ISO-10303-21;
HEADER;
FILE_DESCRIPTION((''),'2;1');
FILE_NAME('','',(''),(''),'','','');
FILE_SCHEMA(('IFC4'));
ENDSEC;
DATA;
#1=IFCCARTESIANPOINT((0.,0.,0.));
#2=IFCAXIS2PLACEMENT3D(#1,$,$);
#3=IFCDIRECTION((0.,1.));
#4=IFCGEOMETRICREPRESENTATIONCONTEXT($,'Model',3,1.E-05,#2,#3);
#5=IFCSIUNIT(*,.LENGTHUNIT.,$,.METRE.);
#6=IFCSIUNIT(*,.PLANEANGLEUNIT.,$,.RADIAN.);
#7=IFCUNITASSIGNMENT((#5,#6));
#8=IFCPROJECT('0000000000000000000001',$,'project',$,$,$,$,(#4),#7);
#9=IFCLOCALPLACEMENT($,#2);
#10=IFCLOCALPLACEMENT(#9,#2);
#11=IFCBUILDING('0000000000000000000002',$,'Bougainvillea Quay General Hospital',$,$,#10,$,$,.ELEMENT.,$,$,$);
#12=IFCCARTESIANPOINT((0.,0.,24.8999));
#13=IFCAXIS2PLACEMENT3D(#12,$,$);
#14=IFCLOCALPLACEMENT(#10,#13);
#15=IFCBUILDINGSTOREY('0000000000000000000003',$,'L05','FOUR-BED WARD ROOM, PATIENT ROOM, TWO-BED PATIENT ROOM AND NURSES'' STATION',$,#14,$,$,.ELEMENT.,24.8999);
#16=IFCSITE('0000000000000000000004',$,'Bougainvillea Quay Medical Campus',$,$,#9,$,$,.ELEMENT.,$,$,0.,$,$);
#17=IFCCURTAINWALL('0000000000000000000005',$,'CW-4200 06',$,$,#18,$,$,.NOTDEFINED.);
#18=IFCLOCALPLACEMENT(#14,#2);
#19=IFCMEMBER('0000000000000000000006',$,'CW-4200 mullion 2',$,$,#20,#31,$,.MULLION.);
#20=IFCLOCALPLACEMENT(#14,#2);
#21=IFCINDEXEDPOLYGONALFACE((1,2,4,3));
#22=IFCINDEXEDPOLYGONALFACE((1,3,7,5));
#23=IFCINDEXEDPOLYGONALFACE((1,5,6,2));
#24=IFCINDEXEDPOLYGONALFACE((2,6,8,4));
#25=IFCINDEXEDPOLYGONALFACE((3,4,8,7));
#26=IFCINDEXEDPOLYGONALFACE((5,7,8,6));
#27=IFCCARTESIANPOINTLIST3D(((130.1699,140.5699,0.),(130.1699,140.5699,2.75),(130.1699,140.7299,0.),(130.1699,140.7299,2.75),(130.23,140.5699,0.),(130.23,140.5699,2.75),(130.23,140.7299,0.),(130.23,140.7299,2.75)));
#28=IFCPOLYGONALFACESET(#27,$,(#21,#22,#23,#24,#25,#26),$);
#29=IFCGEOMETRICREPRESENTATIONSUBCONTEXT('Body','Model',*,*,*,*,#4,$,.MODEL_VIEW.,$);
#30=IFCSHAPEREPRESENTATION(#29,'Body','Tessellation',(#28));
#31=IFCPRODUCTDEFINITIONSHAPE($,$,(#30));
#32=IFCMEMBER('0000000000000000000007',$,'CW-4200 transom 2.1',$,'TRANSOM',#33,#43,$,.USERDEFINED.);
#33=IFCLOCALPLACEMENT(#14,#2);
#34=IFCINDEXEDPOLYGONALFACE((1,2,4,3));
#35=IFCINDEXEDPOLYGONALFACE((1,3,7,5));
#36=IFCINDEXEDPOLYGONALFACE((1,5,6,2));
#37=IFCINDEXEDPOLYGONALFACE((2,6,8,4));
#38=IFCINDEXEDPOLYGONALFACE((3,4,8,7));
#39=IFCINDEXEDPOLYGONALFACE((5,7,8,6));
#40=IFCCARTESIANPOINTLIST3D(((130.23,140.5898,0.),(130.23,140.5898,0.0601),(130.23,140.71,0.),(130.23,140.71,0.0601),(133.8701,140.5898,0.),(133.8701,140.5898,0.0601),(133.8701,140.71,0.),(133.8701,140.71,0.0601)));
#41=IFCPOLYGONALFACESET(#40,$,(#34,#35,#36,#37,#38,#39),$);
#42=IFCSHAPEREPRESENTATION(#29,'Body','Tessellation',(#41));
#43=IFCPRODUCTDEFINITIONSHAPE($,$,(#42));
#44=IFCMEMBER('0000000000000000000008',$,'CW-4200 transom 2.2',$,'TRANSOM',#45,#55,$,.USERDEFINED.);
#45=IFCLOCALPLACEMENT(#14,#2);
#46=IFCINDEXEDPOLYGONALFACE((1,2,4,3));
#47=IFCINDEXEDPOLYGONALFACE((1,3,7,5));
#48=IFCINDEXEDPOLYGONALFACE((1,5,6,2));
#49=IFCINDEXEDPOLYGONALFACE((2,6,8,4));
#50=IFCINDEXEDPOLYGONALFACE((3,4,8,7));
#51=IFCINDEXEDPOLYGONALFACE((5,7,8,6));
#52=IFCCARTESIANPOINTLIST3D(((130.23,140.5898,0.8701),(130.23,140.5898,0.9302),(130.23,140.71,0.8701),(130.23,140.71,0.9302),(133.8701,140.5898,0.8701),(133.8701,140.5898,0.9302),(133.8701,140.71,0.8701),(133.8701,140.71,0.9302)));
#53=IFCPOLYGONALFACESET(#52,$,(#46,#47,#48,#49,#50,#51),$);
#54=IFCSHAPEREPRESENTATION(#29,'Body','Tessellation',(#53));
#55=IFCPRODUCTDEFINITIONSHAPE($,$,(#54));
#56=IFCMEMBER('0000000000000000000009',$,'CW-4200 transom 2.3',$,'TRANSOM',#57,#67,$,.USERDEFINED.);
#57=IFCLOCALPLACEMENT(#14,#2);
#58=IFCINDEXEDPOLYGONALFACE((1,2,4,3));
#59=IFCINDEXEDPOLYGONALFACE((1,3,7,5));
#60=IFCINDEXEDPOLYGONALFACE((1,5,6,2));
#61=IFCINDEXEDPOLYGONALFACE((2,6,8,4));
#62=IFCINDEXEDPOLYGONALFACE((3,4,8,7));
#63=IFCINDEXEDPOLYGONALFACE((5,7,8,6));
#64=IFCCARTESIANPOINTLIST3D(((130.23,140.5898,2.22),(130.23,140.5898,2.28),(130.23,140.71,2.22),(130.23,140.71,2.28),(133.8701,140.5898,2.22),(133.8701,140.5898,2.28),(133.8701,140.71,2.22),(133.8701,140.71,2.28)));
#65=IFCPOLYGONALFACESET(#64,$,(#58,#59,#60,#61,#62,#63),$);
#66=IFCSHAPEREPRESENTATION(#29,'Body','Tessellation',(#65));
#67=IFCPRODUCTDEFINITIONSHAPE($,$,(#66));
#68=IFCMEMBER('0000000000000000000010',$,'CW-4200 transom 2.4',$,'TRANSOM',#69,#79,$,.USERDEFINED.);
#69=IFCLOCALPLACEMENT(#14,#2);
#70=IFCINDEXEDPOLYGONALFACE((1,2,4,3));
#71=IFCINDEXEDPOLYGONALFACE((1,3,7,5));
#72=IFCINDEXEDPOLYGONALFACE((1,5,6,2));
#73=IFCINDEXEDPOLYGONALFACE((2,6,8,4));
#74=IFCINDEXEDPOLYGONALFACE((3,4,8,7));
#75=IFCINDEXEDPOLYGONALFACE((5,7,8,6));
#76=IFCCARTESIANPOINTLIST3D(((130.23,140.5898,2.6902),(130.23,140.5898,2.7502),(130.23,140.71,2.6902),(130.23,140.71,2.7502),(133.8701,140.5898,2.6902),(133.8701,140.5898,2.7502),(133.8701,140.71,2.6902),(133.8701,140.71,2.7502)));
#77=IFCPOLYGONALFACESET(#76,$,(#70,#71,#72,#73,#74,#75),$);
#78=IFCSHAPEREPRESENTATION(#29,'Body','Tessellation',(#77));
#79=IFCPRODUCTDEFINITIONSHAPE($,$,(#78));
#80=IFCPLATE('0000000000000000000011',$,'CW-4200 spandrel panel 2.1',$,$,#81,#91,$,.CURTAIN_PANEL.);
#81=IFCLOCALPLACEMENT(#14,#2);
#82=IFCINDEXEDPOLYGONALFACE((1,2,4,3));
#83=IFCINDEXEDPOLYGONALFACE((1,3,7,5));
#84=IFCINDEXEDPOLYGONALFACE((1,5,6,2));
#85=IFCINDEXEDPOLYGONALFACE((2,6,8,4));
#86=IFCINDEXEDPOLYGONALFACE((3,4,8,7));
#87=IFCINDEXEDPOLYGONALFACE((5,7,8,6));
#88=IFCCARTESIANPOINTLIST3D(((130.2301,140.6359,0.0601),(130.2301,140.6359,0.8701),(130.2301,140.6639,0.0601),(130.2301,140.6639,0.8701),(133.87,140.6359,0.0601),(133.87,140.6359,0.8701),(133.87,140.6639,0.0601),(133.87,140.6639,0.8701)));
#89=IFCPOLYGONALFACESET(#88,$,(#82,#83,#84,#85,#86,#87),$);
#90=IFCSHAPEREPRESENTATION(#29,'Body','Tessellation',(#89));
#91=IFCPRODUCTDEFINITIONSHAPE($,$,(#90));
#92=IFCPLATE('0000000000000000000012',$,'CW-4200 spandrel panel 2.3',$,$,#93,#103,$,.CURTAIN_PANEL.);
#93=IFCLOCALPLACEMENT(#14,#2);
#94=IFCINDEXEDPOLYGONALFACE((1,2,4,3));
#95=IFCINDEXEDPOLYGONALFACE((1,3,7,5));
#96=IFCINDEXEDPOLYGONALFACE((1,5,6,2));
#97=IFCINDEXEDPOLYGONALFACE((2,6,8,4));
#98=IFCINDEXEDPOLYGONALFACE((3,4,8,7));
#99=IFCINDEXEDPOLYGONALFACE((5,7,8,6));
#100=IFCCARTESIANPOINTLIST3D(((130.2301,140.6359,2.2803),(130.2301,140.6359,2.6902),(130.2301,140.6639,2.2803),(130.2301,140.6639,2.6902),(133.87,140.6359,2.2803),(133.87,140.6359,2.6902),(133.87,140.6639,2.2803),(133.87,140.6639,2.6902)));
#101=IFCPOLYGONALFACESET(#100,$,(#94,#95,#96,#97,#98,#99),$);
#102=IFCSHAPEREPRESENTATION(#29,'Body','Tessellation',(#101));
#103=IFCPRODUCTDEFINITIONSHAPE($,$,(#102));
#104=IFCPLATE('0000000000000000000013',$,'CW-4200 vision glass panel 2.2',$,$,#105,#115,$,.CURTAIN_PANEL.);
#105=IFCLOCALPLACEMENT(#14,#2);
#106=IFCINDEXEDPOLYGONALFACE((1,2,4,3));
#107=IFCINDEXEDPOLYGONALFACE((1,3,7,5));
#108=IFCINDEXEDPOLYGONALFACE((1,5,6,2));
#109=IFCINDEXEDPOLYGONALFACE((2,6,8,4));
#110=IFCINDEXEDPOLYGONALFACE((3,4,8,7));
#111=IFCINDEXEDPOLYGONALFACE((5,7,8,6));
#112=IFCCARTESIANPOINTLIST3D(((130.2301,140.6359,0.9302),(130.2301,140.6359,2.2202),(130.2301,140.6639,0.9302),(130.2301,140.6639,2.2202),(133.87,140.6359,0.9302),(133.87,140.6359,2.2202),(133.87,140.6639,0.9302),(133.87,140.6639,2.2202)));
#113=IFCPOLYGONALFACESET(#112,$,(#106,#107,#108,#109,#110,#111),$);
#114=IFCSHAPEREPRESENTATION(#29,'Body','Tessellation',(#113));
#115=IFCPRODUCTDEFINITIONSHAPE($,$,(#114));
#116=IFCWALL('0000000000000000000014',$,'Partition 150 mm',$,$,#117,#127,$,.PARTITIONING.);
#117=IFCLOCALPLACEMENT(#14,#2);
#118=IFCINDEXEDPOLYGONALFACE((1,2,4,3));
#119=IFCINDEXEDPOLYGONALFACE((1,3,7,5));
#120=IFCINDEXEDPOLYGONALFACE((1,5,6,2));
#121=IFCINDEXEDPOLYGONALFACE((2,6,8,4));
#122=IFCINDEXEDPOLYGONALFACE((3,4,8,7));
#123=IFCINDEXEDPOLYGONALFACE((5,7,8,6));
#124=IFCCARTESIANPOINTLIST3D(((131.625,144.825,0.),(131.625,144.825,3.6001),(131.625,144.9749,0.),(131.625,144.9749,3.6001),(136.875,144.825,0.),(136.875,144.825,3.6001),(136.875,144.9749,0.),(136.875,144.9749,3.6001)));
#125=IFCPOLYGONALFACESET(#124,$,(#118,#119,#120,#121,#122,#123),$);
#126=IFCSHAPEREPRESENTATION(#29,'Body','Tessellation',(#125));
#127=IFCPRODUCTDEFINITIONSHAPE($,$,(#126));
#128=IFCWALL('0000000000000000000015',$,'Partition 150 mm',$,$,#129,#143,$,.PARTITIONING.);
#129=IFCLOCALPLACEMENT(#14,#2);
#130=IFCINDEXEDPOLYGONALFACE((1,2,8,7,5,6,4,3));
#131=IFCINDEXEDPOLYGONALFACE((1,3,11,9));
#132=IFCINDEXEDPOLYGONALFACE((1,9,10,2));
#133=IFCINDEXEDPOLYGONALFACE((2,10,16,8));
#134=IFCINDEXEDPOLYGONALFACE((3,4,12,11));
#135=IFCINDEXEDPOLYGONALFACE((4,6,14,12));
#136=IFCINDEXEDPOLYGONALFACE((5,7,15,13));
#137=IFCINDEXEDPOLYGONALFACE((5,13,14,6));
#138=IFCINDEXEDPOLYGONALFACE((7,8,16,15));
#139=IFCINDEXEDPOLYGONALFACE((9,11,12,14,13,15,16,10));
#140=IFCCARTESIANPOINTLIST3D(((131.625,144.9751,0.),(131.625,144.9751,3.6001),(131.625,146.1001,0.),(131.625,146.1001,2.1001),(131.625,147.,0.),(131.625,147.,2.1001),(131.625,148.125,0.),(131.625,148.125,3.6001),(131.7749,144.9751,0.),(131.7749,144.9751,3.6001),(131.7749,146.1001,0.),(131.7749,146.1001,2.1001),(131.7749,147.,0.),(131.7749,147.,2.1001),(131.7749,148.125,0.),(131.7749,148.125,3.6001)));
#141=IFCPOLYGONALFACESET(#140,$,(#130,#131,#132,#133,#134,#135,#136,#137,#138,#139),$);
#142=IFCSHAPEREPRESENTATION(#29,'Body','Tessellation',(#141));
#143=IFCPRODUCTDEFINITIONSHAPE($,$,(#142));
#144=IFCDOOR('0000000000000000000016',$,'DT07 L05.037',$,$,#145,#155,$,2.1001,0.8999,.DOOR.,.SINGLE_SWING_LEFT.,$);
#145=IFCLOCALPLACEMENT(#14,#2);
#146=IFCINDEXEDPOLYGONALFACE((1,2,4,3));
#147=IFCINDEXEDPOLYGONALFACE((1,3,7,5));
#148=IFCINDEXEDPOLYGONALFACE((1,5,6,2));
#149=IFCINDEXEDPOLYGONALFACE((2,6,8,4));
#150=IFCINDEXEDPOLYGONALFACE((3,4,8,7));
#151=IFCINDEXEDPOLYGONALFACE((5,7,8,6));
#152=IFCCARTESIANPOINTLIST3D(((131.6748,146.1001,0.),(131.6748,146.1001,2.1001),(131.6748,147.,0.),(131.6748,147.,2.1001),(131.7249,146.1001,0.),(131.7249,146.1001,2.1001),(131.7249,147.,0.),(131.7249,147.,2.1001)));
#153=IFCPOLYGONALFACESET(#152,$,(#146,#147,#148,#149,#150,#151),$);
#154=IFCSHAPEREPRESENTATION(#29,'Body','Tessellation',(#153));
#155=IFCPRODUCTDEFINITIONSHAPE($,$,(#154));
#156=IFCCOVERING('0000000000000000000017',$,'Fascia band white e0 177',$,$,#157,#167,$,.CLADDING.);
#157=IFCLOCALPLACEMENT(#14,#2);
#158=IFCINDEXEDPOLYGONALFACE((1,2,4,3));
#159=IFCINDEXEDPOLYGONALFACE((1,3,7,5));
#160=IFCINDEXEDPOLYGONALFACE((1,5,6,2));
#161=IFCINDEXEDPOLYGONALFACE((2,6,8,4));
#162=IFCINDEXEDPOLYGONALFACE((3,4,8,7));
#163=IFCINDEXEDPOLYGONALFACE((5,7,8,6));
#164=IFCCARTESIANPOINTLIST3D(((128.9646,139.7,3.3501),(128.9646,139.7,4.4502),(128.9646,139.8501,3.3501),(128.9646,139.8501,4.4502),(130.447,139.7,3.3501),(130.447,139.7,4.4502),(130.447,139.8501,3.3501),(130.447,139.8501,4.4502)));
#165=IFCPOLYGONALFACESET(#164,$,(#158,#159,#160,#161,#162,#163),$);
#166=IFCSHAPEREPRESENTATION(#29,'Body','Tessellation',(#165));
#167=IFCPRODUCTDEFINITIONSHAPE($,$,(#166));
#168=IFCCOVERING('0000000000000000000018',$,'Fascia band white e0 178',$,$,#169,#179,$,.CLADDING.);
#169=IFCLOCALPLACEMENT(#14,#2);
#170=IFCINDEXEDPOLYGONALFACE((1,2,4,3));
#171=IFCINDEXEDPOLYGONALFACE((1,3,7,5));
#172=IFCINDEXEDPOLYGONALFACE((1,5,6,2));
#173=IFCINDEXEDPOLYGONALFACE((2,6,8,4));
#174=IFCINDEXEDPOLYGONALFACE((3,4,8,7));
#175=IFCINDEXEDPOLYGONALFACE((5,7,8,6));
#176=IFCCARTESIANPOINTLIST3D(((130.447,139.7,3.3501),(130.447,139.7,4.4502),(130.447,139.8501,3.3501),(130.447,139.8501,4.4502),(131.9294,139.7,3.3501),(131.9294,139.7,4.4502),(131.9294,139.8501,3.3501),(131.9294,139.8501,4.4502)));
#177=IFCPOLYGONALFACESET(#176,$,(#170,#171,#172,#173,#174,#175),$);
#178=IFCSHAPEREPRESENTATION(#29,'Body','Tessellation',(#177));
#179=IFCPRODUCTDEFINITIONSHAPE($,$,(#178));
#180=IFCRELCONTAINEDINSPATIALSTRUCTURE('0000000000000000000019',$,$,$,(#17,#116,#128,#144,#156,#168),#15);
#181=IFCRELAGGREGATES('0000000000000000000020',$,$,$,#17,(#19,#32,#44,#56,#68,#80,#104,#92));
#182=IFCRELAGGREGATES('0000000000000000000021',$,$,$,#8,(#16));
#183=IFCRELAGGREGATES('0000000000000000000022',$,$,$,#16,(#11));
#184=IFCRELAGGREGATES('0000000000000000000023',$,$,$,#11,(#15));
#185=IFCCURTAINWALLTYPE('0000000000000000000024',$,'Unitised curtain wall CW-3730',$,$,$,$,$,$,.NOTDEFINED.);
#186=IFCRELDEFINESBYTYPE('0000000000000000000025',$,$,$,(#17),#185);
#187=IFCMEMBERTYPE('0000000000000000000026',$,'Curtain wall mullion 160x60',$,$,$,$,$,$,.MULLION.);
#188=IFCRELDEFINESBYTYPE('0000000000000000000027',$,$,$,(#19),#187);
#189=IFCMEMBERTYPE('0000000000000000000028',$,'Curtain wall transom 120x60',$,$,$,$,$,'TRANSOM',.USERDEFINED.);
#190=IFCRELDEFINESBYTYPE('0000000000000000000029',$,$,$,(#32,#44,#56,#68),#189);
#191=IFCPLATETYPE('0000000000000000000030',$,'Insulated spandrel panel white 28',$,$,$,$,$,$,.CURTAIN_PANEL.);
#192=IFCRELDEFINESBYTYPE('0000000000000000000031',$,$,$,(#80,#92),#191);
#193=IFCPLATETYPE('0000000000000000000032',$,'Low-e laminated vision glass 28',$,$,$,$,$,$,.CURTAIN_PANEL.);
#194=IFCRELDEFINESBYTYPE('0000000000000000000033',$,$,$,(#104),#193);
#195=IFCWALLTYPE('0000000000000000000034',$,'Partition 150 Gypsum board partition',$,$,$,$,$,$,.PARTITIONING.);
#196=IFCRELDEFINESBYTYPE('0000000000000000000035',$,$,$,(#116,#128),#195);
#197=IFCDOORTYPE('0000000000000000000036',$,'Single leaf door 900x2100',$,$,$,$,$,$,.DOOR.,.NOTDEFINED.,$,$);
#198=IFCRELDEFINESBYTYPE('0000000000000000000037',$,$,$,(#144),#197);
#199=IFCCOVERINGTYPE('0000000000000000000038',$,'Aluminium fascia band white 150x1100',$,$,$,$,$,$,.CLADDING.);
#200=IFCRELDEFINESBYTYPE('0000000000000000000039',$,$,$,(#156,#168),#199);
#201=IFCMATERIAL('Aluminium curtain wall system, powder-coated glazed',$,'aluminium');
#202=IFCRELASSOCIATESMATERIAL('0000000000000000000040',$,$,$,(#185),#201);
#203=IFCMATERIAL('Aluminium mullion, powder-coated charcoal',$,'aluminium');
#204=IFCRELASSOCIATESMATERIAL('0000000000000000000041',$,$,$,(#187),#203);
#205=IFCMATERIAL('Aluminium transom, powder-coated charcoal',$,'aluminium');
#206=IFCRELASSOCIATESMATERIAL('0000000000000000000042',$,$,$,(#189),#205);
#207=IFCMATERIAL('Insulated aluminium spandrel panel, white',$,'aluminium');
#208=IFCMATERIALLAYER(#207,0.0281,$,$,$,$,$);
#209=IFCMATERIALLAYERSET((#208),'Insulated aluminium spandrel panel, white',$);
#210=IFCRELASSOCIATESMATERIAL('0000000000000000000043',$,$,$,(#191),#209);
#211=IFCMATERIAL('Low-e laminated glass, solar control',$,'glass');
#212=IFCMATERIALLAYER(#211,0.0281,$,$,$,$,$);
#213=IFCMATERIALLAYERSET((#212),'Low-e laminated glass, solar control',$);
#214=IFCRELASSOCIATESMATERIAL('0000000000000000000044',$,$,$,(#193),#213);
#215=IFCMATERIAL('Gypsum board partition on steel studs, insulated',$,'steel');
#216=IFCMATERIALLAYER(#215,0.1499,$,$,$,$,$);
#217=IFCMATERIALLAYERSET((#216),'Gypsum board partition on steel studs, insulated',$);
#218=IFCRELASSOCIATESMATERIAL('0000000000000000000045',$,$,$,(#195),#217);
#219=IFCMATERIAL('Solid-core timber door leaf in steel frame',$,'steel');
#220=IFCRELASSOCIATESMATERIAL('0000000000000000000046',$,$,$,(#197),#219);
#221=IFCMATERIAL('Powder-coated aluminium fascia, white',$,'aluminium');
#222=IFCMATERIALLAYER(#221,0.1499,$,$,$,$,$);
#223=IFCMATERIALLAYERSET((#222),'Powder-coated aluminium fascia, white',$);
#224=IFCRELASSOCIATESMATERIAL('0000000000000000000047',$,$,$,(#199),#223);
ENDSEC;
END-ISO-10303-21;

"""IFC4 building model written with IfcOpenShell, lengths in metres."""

from ifc_helpers import new_model, si_unit, direction, frame, frame_2d, origin, origin_2d, place, context, subcontext, project, spatial, polyline, rectangle, outline, extrude, material, layer, layer_set, material_profile, profile_set, type_object, element, fill, aggregate, save


model = new_model("IFC4")

# Units and contexts
model_context = context("Model", 3, precision=1e-05, world=origin(), true_north=direction((0.0, 1.0)))
body_context = subcontext(model_context, "Body", "Model", "MODEL_VIEW")
ifc_project = project(units=[si_unit("LENGTHUNIT", "METRE"), si_unit("PLANEANGLEUNIT", "RADIAN")], contexts=[model_context])

# Site, building, storey
site_placement = place(None, origin())
site = spatial("IfcSite", under=ifc_project, at=site_placement, Name="Bougainvillea Quay Medical Campus", CompositionType="ELEMENT", RefElevation=0.0)
building_placement = place(site_placement, origin())
building = spatial("IfcBuilding", under=site, at=building_placement, Name="Bougainvillea Quay General Hospital", CompositionType="ELEMENT")
storey_placement = place(building_placement, frame((0.0, 0.0, 24.8999)))
storey = spatial("IfcBuildingStorey", under=building, at=storey_placement, Name="L05", Description="FOUR-BED WARD ROOM, PATIENT ROOM, TWO-BED PATIENT ROOM AND NURSES' STATION", CompositionType="ELEMENT", Elevation=24.8999)

# Curtain wall, members, plates
ifc_material_1 = material(Name="Aluminium curtain wall system, powder-coated glazed", Category="aluminium")
curtain_wall_type = type_object("IfcCurtainWallType", Name="Unitised curtain wall CW-3730", PredefinedType="NOTDEFINED", material=ifc_material_1)
curtain_wall_placement = place(storey_placement, origin())
curtain_wall = element("IfcCurtainWall", 1, at=curtain_wall_placement, inside=storey, type_object=curtain_wall_type, Name="CW-4200 06", PredefinedType="NOTDEFINED")
ifc_material_2 = material(Name="Aluminium mullion, powder-coated charcoal", Category="aluminium")
ifc_material_profile_1 = material_profile(ifc_material_2, rectangle(XDim=0.1599, YDim=0.0601, at=origin_2d()))
ifc_profile_set_1 = profile_set([ifc_material_profile_1], Name="Aluminium mullion, powder-coated charcoal")
member_type_1 = type_object("IfcMemberType", Name="Curtain wall mullion 160x60", PredefinedType="MULLION", material=ifc_profile_set_1)
member_1_placement = place(storey_placement, frame((130.2, 140.6499, 0.0), z_axis=(0.0, 0.0, 1.0), x_axis=(0.0, 1.0, 0.0)))
member_1 = element("IfcMember", 2, at=member_1_placement, type_object=member_type_1, Name="CW-4200 mullion 2", PredefinedType="MULLION", context=body_context, shape_type="SweptSolid", body=[
    extrude(rectangle(XDim=0.1599, YDim=0.0601, at=origin_2d()), origin(), (0.0, 0.0, 1.0), 2.75),
])
ifc_material_3 = material(Name="Aluminium transom, powder-coated charcoal", Category="aluminium")
ifc_material_profile_2 = material_profile(ifc_material_3, rectangle(XDim=0.1201, YDim=0.0601, at=origin_2d()))
ifc_profile_set_2 = profile_set([ifc_material_profile_2], Name="Aluminium transom, powder-coated charcoal")
member_type_2 = type_object("IfcMemberType", Name="Curtain wall transom 120x60", ElementType="TRANSOM", PredefinedType="USERDEFINED", material=ifc_profile_set_2)
member_2_placement = place(storey_placement, frame((130.23, 140.6499, 0.03), z_axis=(1.0, 0.0, 0.0), x_axis=(0.0, 1.0, 0.0)))
member_2 = element("IfcMember", 3, at=member_2_placement, type_object=member_type_2, Name="CW-4200 transom 2.1", ObjectType="TRANSOM", PredefinedType="USERDEFINED", context=body_context, shape_type="SweptSolid", body=[
    extrude(rectangle(XDim=0.1201, YDim=0.0601, at=origin_2d()), origin(), (0.0, 0.0, 1.0), 3.6401),
])
member_3_placement = place(storey_placement, frame((130.23, 140.6499, 0.9001), z_axis=(1.0, 0.0, 0.0), x_axis=(0.0, 1.0, 0.0)))
member_3 = element("IfcMember", 4, at=member_3_placement, type_object=member_type_2, Name="CW-4200 transom 2.2", ObjectType="TRANSOM", PredefinedType="USERDEFINED", context=body_context, shape_type="SweptSolid", body=[
    extrude(rectangle(XDim=0.1201, YDim=0.0601, at=origin_2d()), origin(), (0.0, 0.0, 1.0), 3.6401),
])
member_4_placement = place(storey_placement, frame((130.23, 140.6499, 2.25), z_axis=(1.0, 0.0, 0.0), x_axis=(0.0, 1.0, 0.0)))
member_4 = element("IfcMember", 5, at=member_4_placement, type_object=member_type_2, Name="CW-4200 transom 2.3", ObjectType="TRANSOM", PredefinedType="USERDEFINED", context=body_context, shape_type="SweptSolid", body=[
    extrude(rectangle(XDim=0.1201, YDim=0.0601, at=origin_2d()), origin(), (0.0, 0.0, 1.0), 3.6401),
])
member_5_placement = place(storey_placement, frame((130.23, 140.6499, 2.7202), z_axis=(1.0, 0.0, 0.0), x_axis=(0.0, 1.0, 0.0)))
member_5 = element("IfcMember", 6, at=member_5_placement, type_object=member_type_2, Name="CW-4200 transom 2.4", ObjectType="TRANSOM", PredefinedType="USERDEFINED", context=body_context, shape_type="SweptSolid", body=[
    extrude(rectangle(XDim=0.1201, YDim=0.0601, at=origin_2d()), origin(), (0.0, 0.0, 1.0), 3.6401),
])
ifc_material_4 = material(Name="Insulated aluminium spandrel panel, white", Category="aluminium")
ifc_layer_1 = layer(ifc_material_4, 0.0281)
ifc_layer_set_1 = layer_set([ifc_layer_1], Name="Insulated aluminium spandrel panel, white")
plate_type_1 = type_object("IfcPlateType", Name="Insulated spandrel panel white 28", PredefinedType="CURTAIN_PANEL", material=ifc_layer_set_1)
plate_1_placement = place(storey_placement, frame((132.05, 140.6499, 0.0601), z_axis=(0.0, 0.0, 1.0), x_axis=(1.0, 0.0, 0.0)))
plate_1 = element("IfcPlate", 7, at=plate_1_placement, type_object=plate_type_1, Name="CW-4200 spandrel panel 2.1", PredefinedType="CURTAIN_PANEL", context=body_context, shape_type="SweptSolid", body=[
    extrude(rectangle(XDim=3.6399, YDim=0.0281, at=origin_2d()), origin(), (0.0, 0.0, 1.0), 0.8101),
])
plate_2_placement = place(storey_placement, frame((132.05, 140.6499, 2.2803), z_axis=(0.0, 0.0, 1.0), x_axis=(1.0, 0.0, 0.0)))
plate_2 = element("IfcPlate", 8, at=plate_2_placement, type_object=plate_type_1, Name="CW-4200 spandrel panel 2.3", PredefinedType="CURTAIN_PANEL", context=body_context, shape_type="SweptSolid", body=[
    extrude(rectangle(XDim=3.6399, YDim=0.0281, at=origin_2d()), origin(), (0.0, 0.0, 1.0), 0.4099),
])
ifc_material_5 = material(Name="Low-e laminated glass, solar control", Category="glass")
ifc_layer_2 = layer(ifc_material_5, 0.0281)
ifc_layer_set_2 = layer_set([ifc_layer_2], Name="Low-e laminated glass, solar control")
plate_type_2 = type_object("IfcPlateType", Name="Low-e laminated vision glass 28", PredefinedType="CURTAIN_PANEL", material=ifc_layer_set_2)
plate_3_placement = place(storey_placement, frame((132.05, 140.6499, 0.9302), z_axis=(0.0, 0.0, 1.0), x_axis=(1.0, 0.0, 0.0)))
plate_3 = element("IfcPlate", 9, at=plate_3_placement, type_object=plate_type_2, Name="CW-4200 vision glass panel 2.2", PredefinedType="CURTAIN_PANEL", context=body_context, shape_type="SweptSolid", body=[
    extrude(rectangle(XDim=3.6399, YDim=0.0281, at=origin_2d()), origin(), (0.0, 0.0, 1.0), 1.29),
])
aggregate(curtain_wall, [member_1, member_2, member_3, member_4, member_5, plate_1, plate_3, plate_2])

# Wall
ifc_material_6 = material(Name="Gypsum board partition on steel studs, insulated", Category="steel")
ifc_layer_3 = layer(ifc_material_6, 0.1499)
ifc_layer_set_3 = layer_set([ifc_layer_3], Name="Gypsum board partition on steel studs, insulated")
wall_type = type_object("IfcWallType", Name="Partition 150 Gypsum board partition", PredefinedType="PARTITIONING", material=ifc_layer_set_3)
wall_1_placement = place(storey_placement, frame((131.625, 144.8999, 0.0), z_axis=(0.0, 0.0, 1.0), x_axis=(1.0, 0.0, 0.0)))
element("IfcWall", 10, at=wall_1_placement, inside=storey, type_object=wall_type, Name="Partition 150 mm", PredefinedType="PARTITIONING", context=body_context, shape_type="SweptSolid", body=[
    extrude(rectangle(XDim=5.25, YDim=0.1499, at=frame_2d((2.625, 0.0))), origin(), (0.0, 0.0, 1.0), 3.6001),
])

# Wall, opening, door
wall_2_placement = place(storey_placement, frame((131.7, 144.9751, 0.0), z_axis=(0.0, 0.0, 1.0), x_axis=(0.0, 1.0, 0.0)))
wall_2 = element("IfcWall", 11, at=wall_2_placement, inside=storey, type_object=wall_type, Name="Partition 150 mm", PredefinedType="PARTITIONING", context=body_context, shape_type="SweptSolid", body=[
    extrude(rectangle(XDim=3.1499, YDim=0.1499, at=frame_2d((1.575, 0.0))), origin(), (0.0, 0.0, 1.0), 3.6001),
])
opening_placement = place(wall_2_placement, frame((1.125, 0.0, 0.0)))
opening = element("IfcOpeningElement", 12, at=opening_placement, cuts=wall_2, PredefinedType="OPENING", context=body_context, shape_type="SweptSolid", body=[
    extrude(rectangle(XDim=0.8999, YDim=2.1001, at=frame_2d((0.45, 1.05))), frame((0.0, 0.085, 0.0), z_axis=(0.0, -1.0, 0.0), x_axis=(1.0, 0.0, 0.0)), (0.0, 0.0, 1.0), 0.1699),
])
ifc_material_7 = material(Name="Solid-core timber door leaf in steel frame", Category="steel")
door_type = type_object("IfcDoorType", Name="Single leaf door 900x2100", OperationType="NOTDEFINED", PredefinedType="DOOR", material=ifc_material_7)
door_placement = place(opening_placement, frame((0.8999, 0.0, 0.0), z_axis=(0.0, 0.0, 1.0), x_axis=(-1.0, 0.0, 0.0)))
door = element("IfcDoor", 13, at=door_placement, inside=storey, type_object=door_type, Name="DT07 L05.037", OperationType="SINGLE_SWING_LEFT", OverallHeight=2.1001, OverallWidth=0.8999, PredefinedType="DOOR", context=body_context, shape_type="SweptSolid", body=[
    extrude(rectangle(XDim=0.8999, YDim=2.1001, at=frame_2d((0.45, 1.05))), frame((0.0, 0.0249, 0.0), z_axis=(0.0, -1.0, 0.0), x_axis=(1.0, 0.0, 0.0)), (0.0, 0.0, 1.0), 0.05),
])
fill(opening, door)

# Coverings
ifc_material_8 = material(Name="Powder-coated aluminium fascia, white", Category="aluminium")
ifc_layer_4 = layer(ifc_material_8, 0.1499)
ifc_layer_set_4 = layer_set([ifc_layer_4], Name="Powder-coated aluminium fascia, white")
covering_type = type_object("IfcCoveringType", Name="Aluminium fascia band white 150x1100", PredefinedType="CLADDING", material=ifc_layer_set_4)
for number, where, z_axis, x_axis, name in (
    (14, (128.9646, 139.8501, 3.3501), (0.0, 0.0, 1.0), (1.0, 0.0, 0.0), "Fascia band white e0 177"),
    (15, (130.447, 139.8501, 3.3501), (0.0, 0.0, 1.0), (1.0, 0.0, 0.0), "Fascia band white e0 178"),
):
    element("IfcCovering", number, at=place(storey_placement, frame(where, z_axis=z_axis, x_axis=x_axis)), inside=storey, type_object=covering_type, Name=name, PredefinedType="CLADDING", context=body_context, shape_type="SweptSolid", body=[
        extrude(outline(polyline([(0.0, 0.0), (1.4824, 0.0), (1.4824, -0.1501), (0.0, -0.1501), (0.0, 0.0)])), origin(), (0.0, 0.0, 1.0), 1.1001),
    ])

save(model, "model.ifc")
